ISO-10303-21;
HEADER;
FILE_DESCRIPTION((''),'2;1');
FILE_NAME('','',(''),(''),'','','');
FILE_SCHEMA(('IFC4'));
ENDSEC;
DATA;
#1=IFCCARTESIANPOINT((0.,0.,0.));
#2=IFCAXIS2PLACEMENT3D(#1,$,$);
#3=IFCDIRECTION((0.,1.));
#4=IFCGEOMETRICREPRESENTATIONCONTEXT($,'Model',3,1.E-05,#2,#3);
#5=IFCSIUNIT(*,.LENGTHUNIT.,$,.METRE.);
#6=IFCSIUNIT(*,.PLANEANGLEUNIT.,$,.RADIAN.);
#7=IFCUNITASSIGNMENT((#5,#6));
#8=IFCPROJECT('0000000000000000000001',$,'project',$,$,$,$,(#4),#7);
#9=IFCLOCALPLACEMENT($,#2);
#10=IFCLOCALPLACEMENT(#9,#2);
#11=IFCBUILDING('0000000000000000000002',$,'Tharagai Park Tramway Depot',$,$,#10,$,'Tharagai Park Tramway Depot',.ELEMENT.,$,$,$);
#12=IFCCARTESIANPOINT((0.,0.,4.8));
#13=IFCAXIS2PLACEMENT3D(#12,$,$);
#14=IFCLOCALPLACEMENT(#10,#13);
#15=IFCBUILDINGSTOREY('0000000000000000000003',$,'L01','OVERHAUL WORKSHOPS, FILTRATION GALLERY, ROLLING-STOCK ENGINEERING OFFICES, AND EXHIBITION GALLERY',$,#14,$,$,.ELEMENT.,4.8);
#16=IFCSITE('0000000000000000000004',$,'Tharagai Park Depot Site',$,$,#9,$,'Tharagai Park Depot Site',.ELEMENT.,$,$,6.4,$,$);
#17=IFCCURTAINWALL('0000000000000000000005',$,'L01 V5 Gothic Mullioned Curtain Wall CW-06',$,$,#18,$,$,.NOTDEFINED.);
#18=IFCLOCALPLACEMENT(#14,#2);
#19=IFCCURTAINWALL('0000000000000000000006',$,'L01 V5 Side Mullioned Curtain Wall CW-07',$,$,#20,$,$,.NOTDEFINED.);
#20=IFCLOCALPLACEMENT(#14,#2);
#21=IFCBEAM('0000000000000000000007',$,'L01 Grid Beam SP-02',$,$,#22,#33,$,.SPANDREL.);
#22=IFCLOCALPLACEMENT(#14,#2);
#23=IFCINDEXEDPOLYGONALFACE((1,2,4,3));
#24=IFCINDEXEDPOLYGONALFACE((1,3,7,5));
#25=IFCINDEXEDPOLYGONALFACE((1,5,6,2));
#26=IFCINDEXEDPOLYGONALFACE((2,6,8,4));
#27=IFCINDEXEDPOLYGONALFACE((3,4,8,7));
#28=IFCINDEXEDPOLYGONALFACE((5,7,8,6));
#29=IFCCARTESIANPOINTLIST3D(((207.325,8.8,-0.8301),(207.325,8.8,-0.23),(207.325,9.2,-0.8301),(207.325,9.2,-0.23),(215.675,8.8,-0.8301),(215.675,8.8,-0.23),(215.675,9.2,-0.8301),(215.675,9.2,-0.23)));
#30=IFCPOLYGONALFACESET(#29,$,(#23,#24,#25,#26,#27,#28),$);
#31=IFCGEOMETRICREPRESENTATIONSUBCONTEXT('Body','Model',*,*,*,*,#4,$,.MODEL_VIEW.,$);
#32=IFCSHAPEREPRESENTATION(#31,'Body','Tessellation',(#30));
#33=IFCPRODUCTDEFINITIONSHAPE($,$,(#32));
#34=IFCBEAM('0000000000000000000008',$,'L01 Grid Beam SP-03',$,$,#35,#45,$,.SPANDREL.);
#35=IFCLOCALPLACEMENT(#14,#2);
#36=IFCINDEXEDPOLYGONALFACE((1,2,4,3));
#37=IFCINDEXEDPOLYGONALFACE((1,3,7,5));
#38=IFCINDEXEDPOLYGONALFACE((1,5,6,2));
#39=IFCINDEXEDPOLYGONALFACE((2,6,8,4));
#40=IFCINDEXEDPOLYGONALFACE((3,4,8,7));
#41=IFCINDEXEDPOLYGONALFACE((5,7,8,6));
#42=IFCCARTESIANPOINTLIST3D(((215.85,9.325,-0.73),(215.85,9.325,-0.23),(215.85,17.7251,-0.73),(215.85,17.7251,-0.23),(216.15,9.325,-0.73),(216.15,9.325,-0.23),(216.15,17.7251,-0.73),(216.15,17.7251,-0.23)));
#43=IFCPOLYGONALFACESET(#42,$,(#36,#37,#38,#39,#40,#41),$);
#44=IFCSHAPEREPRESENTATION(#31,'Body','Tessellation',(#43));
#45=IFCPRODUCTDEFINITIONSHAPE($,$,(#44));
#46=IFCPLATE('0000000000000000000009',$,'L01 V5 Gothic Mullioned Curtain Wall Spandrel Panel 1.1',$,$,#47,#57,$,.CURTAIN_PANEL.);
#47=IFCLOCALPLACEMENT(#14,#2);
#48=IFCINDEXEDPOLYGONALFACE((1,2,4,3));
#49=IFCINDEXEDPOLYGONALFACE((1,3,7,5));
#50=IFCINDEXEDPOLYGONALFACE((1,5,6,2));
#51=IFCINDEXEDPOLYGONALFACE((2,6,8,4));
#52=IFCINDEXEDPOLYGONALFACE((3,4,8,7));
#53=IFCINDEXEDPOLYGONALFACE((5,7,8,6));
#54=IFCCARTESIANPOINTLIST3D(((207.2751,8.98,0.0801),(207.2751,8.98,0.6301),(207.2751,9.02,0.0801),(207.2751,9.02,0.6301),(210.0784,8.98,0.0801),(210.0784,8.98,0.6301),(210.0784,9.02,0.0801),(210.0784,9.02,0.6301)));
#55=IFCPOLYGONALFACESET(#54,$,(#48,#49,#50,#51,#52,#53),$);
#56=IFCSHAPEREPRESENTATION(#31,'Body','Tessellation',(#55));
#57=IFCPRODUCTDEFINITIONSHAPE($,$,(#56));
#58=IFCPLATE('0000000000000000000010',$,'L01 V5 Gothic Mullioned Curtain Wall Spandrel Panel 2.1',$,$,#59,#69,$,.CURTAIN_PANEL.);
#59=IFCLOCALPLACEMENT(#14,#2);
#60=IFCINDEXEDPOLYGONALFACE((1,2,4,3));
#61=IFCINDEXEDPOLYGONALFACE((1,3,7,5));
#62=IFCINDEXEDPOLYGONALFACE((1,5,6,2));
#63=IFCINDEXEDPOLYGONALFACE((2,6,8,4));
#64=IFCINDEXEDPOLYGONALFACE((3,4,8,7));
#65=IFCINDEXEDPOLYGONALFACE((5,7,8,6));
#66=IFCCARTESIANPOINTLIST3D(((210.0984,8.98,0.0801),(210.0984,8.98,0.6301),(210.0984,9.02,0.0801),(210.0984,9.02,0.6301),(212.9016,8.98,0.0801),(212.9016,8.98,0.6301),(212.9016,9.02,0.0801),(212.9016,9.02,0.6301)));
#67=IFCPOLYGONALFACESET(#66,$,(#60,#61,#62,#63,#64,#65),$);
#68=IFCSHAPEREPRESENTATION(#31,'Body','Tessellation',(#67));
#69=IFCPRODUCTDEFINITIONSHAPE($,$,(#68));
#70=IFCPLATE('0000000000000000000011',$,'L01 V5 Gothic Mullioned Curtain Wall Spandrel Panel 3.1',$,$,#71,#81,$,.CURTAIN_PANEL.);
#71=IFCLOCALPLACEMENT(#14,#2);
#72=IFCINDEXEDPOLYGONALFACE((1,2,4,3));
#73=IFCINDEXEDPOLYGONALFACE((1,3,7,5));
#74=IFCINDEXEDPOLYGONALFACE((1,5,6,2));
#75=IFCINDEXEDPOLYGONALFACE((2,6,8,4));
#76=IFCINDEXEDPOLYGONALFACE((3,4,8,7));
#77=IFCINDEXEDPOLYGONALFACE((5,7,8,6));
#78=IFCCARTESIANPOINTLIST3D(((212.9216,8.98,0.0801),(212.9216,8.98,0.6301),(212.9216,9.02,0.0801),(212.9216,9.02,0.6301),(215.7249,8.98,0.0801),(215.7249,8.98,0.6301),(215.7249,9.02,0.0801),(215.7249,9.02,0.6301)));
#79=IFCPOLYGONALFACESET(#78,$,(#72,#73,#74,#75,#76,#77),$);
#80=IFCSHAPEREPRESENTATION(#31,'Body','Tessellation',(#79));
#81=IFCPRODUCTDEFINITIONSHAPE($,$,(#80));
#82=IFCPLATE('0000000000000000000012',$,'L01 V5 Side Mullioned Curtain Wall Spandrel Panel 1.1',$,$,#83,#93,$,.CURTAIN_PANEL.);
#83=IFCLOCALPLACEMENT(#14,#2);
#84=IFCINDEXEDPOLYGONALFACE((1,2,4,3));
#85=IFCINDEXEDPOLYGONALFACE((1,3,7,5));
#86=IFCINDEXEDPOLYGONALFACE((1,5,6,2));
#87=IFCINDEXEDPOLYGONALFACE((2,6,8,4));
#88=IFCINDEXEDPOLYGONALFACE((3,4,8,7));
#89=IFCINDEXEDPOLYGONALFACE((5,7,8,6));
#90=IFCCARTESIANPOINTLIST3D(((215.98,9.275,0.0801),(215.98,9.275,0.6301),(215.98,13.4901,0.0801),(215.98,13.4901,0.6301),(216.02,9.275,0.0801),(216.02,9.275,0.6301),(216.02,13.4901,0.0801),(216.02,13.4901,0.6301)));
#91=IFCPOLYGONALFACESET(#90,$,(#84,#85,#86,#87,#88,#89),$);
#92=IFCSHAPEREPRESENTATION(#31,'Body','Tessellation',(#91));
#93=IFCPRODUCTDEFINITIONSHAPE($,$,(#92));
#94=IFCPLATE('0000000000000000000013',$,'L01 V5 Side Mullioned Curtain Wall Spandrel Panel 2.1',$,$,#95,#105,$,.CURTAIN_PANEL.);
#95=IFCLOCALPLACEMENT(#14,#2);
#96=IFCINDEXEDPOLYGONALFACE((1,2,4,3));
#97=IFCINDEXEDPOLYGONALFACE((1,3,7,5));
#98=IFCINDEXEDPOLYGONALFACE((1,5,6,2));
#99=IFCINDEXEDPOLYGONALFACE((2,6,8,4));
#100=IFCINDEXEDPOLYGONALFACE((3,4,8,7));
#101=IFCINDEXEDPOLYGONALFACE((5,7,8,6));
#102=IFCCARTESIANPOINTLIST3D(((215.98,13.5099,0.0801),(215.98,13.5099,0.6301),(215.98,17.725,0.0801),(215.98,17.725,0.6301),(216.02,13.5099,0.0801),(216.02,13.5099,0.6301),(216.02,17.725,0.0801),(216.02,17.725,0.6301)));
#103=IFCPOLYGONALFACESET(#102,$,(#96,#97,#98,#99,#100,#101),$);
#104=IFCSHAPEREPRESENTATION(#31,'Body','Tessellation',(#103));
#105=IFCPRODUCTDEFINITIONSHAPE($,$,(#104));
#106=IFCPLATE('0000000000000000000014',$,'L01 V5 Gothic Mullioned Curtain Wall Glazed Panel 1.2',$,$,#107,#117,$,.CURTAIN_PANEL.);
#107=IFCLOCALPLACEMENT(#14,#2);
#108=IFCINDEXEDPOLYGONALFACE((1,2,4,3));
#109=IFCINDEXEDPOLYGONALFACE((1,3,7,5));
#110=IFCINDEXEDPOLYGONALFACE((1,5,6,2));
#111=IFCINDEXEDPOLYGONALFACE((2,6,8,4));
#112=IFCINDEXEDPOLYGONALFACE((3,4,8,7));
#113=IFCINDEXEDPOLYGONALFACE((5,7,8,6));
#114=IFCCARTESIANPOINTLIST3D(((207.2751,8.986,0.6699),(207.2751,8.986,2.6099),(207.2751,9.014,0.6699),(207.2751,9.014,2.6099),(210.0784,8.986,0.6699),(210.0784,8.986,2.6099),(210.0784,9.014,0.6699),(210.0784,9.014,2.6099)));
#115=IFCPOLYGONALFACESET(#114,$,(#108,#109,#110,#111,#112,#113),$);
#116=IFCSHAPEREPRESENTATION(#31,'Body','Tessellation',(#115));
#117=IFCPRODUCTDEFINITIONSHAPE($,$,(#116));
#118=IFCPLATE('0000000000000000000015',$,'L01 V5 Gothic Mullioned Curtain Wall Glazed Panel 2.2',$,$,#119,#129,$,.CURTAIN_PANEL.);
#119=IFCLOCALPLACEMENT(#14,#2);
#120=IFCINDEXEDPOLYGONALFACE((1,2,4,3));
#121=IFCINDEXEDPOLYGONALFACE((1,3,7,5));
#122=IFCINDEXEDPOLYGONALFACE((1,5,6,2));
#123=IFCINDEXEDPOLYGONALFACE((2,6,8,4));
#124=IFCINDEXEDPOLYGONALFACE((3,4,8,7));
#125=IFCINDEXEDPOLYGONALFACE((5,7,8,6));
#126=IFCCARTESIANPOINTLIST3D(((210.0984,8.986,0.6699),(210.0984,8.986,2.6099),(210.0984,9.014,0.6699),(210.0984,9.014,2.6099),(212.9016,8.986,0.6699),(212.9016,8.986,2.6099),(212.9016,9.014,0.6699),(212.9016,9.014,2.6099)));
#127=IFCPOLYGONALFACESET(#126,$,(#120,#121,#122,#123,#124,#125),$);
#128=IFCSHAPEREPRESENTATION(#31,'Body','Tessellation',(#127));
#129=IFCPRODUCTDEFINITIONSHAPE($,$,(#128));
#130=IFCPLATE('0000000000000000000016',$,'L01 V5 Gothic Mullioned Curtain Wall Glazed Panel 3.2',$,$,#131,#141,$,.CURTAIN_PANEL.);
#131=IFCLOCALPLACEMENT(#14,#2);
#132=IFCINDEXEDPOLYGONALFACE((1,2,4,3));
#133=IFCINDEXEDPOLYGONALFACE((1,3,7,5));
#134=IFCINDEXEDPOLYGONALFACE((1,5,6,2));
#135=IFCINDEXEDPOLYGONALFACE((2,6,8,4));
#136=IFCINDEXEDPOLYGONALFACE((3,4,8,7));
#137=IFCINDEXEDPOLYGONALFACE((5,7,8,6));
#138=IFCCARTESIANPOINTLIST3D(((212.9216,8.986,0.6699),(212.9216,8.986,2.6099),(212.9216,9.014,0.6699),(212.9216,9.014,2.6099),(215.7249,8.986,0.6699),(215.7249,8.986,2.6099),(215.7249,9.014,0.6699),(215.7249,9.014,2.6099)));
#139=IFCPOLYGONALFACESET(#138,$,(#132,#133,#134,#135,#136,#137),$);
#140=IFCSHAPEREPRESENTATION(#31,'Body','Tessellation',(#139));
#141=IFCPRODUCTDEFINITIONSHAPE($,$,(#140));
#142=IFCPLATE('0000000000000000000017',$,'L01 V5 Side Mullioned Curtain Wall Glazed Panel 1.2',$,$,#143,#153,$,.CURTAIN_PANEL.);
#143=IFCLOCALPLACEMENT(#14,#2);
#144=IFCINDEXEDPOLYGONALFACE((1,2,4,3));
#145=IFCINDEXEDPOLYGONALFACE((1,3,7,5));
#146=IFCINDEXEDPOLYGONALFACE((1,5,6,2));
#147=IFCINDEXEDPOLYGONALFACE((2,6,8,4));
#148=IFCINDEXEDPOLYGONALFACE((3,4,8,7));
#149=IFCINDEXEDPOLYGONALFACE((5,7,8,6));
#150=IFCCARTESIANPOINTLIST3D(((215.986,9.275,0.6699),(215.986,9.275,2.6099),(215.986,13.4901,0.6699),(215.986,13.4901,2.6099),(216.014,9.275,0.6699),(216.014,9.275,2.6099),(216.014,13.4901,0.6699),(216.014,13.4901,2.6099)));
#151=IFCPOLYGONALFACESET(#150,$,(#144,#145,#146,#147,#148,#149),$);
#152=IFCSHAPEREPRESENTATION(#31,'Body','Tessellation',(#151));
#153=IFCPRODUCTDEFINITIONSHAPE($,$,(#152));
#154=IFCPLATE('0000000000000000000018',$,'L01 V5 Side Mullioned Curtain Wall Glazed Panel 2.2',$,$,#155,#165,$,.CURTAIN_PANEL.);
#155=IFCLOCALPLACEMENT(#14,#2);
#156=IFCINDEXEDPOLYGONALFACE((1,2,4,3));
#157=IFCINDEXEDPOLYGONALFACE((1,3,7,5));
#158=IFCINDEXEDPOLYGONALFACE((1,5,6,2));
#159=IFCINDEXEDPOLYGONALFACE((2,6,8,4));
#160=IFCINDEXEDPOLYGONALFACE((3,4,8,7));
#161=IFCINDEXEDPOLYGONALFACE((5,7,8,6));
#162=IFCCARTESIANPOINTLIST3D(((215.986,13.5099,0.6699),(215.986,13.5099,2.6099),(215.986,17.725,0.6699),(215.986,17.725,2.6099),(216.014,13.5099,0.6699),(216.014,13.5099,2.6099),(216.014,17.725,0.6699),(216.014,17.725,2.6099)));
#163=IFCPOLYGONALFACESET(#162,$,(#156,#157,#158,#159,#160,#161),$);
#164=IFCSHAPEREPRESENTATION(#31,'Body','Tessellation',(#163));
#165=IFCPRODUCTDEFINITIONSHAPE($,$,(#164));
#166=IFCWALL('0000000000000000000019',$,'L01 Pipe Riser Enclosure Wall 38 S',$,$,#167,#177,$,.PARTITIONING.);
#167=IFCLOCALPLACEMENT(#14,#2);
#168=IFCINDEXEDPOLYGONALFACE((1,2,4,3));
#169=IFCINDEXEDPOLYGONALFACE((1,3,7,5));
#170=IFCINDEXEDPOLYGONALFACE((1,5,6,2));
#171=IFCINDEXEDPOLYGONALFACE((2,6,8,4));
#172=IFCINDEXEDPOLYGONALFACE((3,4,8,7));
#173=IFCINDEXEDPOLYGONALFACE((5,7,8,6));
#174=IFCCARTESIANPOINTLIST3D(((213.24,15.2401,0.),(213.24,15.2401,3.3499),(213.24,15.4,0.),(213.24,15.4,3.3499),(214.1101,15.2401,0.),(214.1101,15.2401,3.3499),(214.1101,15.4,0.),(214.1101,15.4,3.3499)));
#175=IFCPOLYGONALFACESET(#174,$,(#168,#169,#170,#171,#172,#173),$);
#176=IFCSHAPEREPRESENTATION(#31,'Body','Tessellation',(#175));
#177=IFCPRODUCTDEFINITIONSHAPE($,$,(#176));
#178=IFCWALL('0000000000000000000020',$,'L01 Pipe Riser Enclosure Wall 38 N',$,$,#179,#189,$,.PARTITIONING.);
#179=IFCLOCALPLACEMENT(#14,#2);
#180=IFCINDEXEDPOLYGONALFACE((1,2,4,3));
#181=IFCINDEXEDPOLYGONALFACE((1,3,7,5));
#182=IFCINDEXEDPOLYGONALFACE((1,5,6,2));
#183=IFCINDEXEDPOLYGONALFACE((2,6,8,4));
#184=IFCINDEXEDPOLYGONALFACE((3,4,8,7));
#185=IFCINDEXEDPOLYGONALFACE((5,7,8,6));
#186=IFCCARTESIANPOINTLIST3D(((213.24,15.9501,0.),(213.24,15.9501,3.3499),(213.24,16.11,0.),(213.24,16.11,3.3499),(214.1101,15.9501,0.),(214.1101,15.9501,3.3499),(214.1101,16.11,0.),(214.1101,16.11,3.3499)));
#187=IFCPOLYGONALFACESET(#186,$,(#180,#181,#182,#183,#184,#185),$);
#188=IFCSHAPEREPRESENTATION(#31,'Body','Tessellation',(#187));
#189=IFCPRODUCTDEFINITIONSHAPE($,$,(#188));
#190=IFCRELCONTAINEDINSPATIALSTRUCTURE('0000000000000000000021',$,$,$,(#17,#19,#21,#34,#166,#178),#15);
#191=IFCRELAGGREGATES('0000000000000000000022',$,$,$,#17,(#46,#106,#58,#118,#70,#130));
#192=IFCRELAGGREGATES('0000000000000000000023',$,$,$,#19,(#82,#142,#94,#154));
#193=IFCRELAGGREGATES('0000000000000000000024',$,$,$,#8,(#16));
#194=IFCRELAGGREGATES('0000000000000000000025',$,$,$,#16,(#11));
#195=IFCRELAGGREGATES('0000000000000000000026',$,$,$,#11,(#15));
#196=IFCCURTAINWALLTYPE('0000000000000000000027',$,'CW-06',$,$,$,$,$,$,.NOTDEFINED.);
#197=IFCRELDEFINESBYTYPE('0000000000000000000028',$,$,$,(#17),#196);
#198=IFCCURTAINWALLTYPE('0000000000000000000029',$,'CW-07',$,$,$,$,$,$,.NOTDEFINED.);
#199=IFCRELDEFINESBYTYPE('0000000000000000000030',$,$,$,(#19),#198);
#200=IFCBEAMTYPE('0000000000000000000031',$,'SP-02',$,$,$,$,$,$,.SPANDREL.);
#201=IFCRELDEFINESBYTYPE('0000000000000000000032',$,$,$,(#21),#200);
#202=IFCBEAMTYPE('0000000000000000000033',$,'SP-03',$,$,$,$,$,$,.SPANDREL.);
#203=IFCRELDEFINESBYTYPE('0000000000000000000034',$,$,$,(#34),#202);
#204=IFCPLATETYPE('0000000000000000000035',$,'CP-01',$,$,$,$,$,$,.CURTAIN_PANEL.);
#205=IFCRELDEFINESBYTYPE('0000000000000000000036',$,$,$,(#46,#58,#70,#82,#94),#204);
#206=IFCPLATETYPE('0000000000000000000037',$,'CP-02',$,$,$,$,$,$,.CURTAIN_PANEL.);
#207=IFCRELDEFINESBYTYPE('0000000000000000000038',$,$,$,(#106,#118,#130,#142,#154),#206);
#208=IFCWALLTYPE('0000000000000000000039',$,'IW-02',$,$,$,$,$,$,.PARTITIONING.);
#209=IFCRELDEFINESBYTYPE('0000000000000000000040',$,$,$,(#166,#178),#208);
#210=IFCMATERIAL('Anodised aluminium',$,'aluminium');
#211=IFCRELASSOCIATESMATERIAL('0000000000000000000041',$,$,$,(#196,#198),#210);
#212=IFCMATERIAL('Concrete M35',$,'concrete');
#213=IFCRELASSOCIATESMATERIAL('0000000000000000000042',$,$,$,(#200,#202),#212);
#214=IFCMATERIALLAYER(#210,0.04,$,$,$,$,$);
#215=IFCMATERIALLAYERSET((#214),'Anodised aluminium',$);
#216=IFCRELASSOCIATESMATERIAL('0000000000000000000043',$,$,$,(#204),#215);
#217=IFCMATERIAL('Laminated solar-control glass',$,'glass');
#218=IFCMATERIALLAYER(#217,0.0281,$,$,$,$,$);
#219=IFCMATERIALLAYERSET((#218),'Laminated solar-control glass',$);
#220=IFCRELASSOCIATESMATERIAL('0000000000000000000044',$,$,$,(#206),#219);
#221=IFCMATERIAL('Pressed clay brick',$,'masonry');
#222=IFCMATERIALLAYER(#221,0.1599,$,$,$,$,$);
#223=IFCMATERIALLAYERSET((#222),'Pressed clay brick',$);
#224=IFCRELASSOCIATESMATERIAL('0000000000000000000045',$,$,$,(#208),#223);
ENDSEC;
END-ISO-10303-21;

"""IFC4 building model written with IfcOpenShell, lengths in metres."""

from ifc_helpers import new_model, si_unit, direction, frame, frame_2d, origin, origin_2d, place, context, subcontext, project, spatial, rectangle, extrude, material, layer, layer_set, material_profile, profile_set, type_object, element, aggregate, save


model = new_model("IFC4")

# Units and contexts
model_context = context("Model", 3, precision=1e-05, world=origin(), true_north=direction((0.0, 1.0)))
body_context = subcontext(model_context, "Body", "Model", "MODEL_VIEW")
ifc_project = project(units=[si_unit("LENGTHUNIT", "METRE"), si_unit("PLANEANGLEUNIT", "RADIAN")], contexts=[model_context])

# Site, building, storey
site_placement = place(None, origin())
site = spatial("IfcSite", under=ifc_project, at=site_placement, Name="Tharagai Park Depot Site", LongName="Tharagai Park Depot Site", CompositionType="ELEMENT", RefElevation=6.4)
building_placement = place(site_placement, origin())
building = spatial("IfcBuilding", under=site, at=building_placement, Name="Tharagai Park Tramway Depot", LongName="Tharagai Park Tramway Depot", CompositionType="ELEMENT")
storey_placement = place(building_placement, frame((0.0, 0.0, 4.8)))
storey = spatial("IfcBuildingStorey", under=building, at=storey_placement, Name="L01", Description="OVERHAUL WORKSHOPS, FILTRATION GALLERY, ROLLING-STOCK ENGINEERING OFFICES, AND EXHIBITION GALLERY", CompositionType="ELEMENT", Elevation=4.8)

# Curtain walls
ifc_material_1 = material(Name="Anodised aluminium", Category="aluminium")
curtain_wall_type_1 = type_object("IfcCurtainWallType", Name="CW-06", PredefinedType="NOTDEFINED", material=ifc_material_1)
curtain_wall_1_placement = place(storey_placement, origin())
curtain_wall_1 = element("IfcCurtainWall", 1, at=curtain_wall_1_placement, inside=storey, type_object=curtain_wall_type_1, Name="L01 V5 Gothic Mullioned Curtain Wall CW-06", PredefinedType="NOTDEFINED")
curtain_wall_type_2 = type_object("IfcCurtainWallType", Name="CW-07", PredefinedType="NOTDEFINED", material=ifc_material_1)
curtain_wall_2_placement = place(storey_placement, origin())
curtain_wall_2 = element("IfcCurtainWall", 2, at=curtain_wall_2_placement, inside=storey, type_object=curtain_wall_type_2, Name="L01 V5 Side Mullioned Curtain Wall CW-07", PredefinedType="NOTDEFINED")

# Beams
ifc_material_2 = material(Name="Concrete M35", Category="concrete")
ifc_material_profile_1 = material_profile(ifc_material_2, rectangle(XDim=0.3999, YDim=0.6001, at=origin_2d()), Name="RC 400x600")
ifc_profile_set_1 = profile_set([ifc_material_profile_1], Name="Concrete M35")
beam_type_1 = type_object("IfcBeamType", Name="SP-02", PredefinedType="SPANDREL", material=ifc_profile_set_1)
beam_1_placement = place(storey_placement, frame((207.325, 9.0, -0.53), z_axis=(1.0, 0.0, 0.0), x_axis=(0.0, 1.0, 0.0)))
element("IfcBeam", 3, at=beam_1_placement, inside=storey, type_object=beam_type_1, Name="L01 Grid Beam SP-02", PredefinedType="SPANDREL", context=body_context, shape_type="SweptSolid", body=[
    extrude(rectangle(XDim=0.3999, YDim=0.6001, at=origin_2d()), origin(), (0.0, 0.0, 1.0), 8.3501),
])
ifc_material_profile_2 = material_profile(ifc_material_2, rectangle(XDim=0.3, YDim=0.5, at=origin_2d()), Name="RC 300x500")
ifc_profile_set_2 = profile_set([ifc_material_profile_2], Name="Concrete M35")
beam_type_2 = type_object("IfcBeamType", Name="SP-03", PredefinedType="SPANDREL", material=ifc_profile_set_2)
beam_2_placement = place(storey_placement, frame((216.0, 9.325, -0.48), z_axis=(0.0, 1.0, 0.0), x_axis=(-1.0, 0.0, 0.0)))
element("IfcBeam", 4, at=beam_2_placement, inside=storey, type_object=beam_type_2, Name="L01 Grid Beam SP-03", PredefinedType="SPANDREL", context=body_context, shape_type="SweptSolid", body=[
    extrude(rectangle(XDim=0.3, YDim=0.5, at=origin_2d()), origin(), (0.0, 0.0, 1.0), 8.4001),
])

# Plates
ifc_layer_1 = layer(ifc_material_1, 0.04)
ifc_layer_set_1 = layer_set([ifc_layer_1], Name="Anodised aluminium")
plate_type_1 = type_object("IfcPlateType", Name="CP-01", PredefinedType="CURTAIN_PANEL", material=ifc_layer_set_1)
plate_1_placement = place(storey_placement, frame((208.6768, 9.0, 0.0801), z_axis=(0.0, 0.0, 1.0), x_axis=(1.0, 0.0, 0.0)))
plate_1 = element("IfcPlate", 5, at=plate_1_placement, type_object=plate_type_1, Name="L01 V5 Gothic Mullioned Curtain Wall Spandrel Panel 1.1", PredefinedType="CURTAIN_PANEL", context=body_context, shape_type="SweptSolid", body=[
    extrude(rectangle(XDim=2.8032, YDim=0.04, at=origin_2d()), origin(), (0.0, 0.0, 1.0), 0.55),
])
plate_2_placement = place(storey_placement, frame((211.5, 9.0, 0.0801), z_axis=(0.0, 0.0, 1.0), x_axis=(1.0, 0.0, 0.0)))
plate_2 = element("IfcPlate", 6, at=plate_2_placement, type_object=plate_type_1, Name="L01 V5 Gothic Mullioned Curtain Wall Spandrel Panel 2.1", PredefinedType="CURTAIN_PANEL", context=body_context, shape_type="SweptSolid", body=[
    extrude(rectangle(XDim=2.8032, YDim=0.04, at=origin_2d()), origin(), (0.0, 0.0, 1.0), 0.55),
])
plate_3_placement = place(storey_placement, frame((214.3232, 9.0, 0.0801), z_axis=(0.0, 0.0, 1.0), x_axis=(1.0, 0.0, 0.0)))
plate_3 = element("IfcPlate", 7, at=plate_3_placement, type_object=plate_type_1, Name="L01 V5 Gothic Mullioned Curtain Wall Spandrel Panel 3.1", PredefinedType="CURTAIN_PANEL", context=body_context, shape_type="SweptSolid", body=[
    extrude(rectangle(XDim=2.8032, YDim=0.04, at=origin_2d()), origin(), (0.0, 0.0, 1.0), 0.55),
])
plate_4_placement = place(storey_placement, frame((216.0, 11.3826, 0.0801), z_axis=(0.0, 0.0, 1.0), x_axis=(0.0, 1.0, 0.0)))
plate_4 = element("IfcPlate", 8, at=plate_4_placement, type_object=plate_type_1, Name="L01 V5 Side Mullioned Curtain Wall Spandrel Panel 1.1", PredefinedType="CURTAIN_PANEL", context=body_context, shape_type="SweptSolid", body=[
    extrude(rectangle(XDim=4.2151, YDim=0.04, at=origin_2d()), origin(), (0.0, 0.0, 1.0), 0.55),
])
plate_5_placement = place(storey_placement, frame((216.0, 15.6174, 0.0801), z_axis=(0.0, 0.0, 1.0), x_axis=(0.0, 1.0, 0.0)))
plate_5 = element("IfcPlate", 9, at=plate_5_placement, type_object=plate_type_1, Name="L01 V5 Side Mullioned Curtain Wall Spandrel Panel 2.1", PredefinedType="CURTAIN_PANEL", context=body_context, shape_type="SweptSolid", body=[
    extrude(rectangle(XDim=4.2151, YDim=0.04, at=origin_2d()), origin(), (0.0, 0.0, 1.0), 0.55),
])
ifc_material_3 = material(Name="Laminated solar-control glass", Category="glass")
ifc_layer_2 = layer(ifc_material_3, 0.0281)
ifc_layer_set_2 = layer_set([ifc_layer_2], Name="Laminated solar-control glass")
plate_type_2 = type_object("IfcPlateType", Name="CP-02", PredefinedType="CURTAIN_PANEL", material=ifc_layer_set_2)
plate_6_placement = place(storey_placement, frame((208.6768, 9.0, 0.6699), z_axis=(0.0, 0.0, 1.0), x_axis=(1.0, 0.0, 0.0)))
plate_6 = element("IfcPlate", 10, at=plate_6_placement, type_object=plate_type_2, Name="L01 V5 Gothic Mullioned Curtain Wall Glazed Panel 1.2", PredefinedType="CURTAIN_PANEL", context=body_context, shape_type="SweptSolid", body=[
    extrude(rectangle(XDim=2.8032, YDim=0.0281, at=origin_2d()), origin(), (0.0, 0.0, 1.0), 1.9399),
])
plate_7_placement = place(storey_placement, frame((211.5, 9.0, 0.6699), z_axis=(0.0, 0.0, 1.0), x_axis=(1.0, 0.0, 0.0)))
plate_7 = element("IfcPlate", 11, at=plate_7_placement, type_object=plate_type_2, Name="L01 V5 Gothic Mullioned Curtain Wall Glazed Panel 2.2", PredefinedType="CURTAIN_PANEL", context=body_context, shape_type="SweptSolid", body=[
    extrude(rectangle(XDim=2.8032, YDim=0.0281, at=origin_2d()), origin(), (0.0, 0.0, 1.0), 1.9399),
])
plate_8_placement = place(storey_placement, frame((214.3232, 9.0, 0.6699), z_axis=(0.0, 0.0, 1.0), x_axis=(1.0, 0.0, 0.0)))
plate_8 = element("IfcPlate", 12, at=plate_8_placement, type_object=plate_type_2, Name="L01 V5 Gothic Mullioned Curtain Wall Glazed Panel 3.2", PredefinedType="CURTAIN_PANEL", context=body_context, shape_type="SweptSolid", body=[
    extrude(rectangle(XDim=2.8032, YDim=0.0281, at=origin_2d()), origin(), (0.0, 0.0, 1.0), 1.9399),
])
aggregate(curtain_wall_1, [plate_1, plate_6, plate_2, plate_7, plate_3, plate_8])
plate_9_placement = place(storey_placement, frame((216.0, 11.3826, 0.6699), z_axis=(0.0, 0.0, 1.0), x_axis=(0.0, 1.0, 0.0)))
plate_9 = element("IfcPlate", 13, at=plate_9_placement, type_object=plate_type_2, Name="L01 V5 Side Mullioned Curtain Wall Glazed Panel 1.2", PredefinedType="CURTAIN_PANEL", context=body_context, shape_type="SweptSolid", body=[
    extrude(rectangle(XDim=4.2151, YDim=0.0281, at=origin_2d()), origin(), (0.0, 0.0, 1.0), 1.9399),
])
plate_10_placement = place(storey_placement, frame((216.0, 15.6174, 0.6699), z_axis=(0.0, 0.0, 1.0), x_axis=(0.0, 1.0, 0.0)))
plate_10 = element("IfcPlate", 14, at=plate_10_placement, type_object=plate_type_2, Name="L01 V5 Side Mullioned Curtain Wall Glazed Panel 2.2", PredefinedType="CURTAIN_PANEL", context=body_context, shape_type="SweptSolid", body=[
    extrude(rectangle(XDim=4.2151, YDim=0.0281, at=origin_2d()), origin(), (0.0, 0.0, 1.0), 1.9399),
])
aggregate(curtain_wall_2, [plate_4, plate_9, plate_5, plate_10])

# Walls
ifc_material_4 = material(Name="Pressed clay brick", Category="masonry")
ifc_layer_3 = layer(ifc_material_4, 0.1599)
ifc_layer_set_3 = layer_set([ifc_layer_3], Name="Pressed clay brick")
wall_type = type_object("IfcWallType", Name="IW-02", PredefinedType="PARTITIONING", material=ifc_layer_set_3)
for number, where, z_axis, x_axis, name in (
    (15, (213.24, 15.3201, 0.0), (0.0, 0.0, 1.0), (1.0, 0.0, 0.0), "L01 Pipe Riser Enclosure Wall 38 S"),
    (16, (213.24, 16.03, 0.0), (0.0, 0.0, 1.0), (1.0, 0.0, 0.0), "L01 Pipe Riser Enclosure Wall 38 N"),
):
    element("IfcWall", number, at=place(storey_placement, frame(where, z_axis=z_axis, x_axis=x_axis)), inside=storey, type_object=wall_type, Name=name, PredefinedType="PARTITIONING", context=body_context, shape_type="SweptSolid", body=[
        extrude(rectangle(XDim=0.8701, YDim=0.1599, at=frame_2d((0.4351, 0.0))), origin(), (0.0, 0.0, 1.0), 3.3499),
    ])

save(model, "model.ifc")
